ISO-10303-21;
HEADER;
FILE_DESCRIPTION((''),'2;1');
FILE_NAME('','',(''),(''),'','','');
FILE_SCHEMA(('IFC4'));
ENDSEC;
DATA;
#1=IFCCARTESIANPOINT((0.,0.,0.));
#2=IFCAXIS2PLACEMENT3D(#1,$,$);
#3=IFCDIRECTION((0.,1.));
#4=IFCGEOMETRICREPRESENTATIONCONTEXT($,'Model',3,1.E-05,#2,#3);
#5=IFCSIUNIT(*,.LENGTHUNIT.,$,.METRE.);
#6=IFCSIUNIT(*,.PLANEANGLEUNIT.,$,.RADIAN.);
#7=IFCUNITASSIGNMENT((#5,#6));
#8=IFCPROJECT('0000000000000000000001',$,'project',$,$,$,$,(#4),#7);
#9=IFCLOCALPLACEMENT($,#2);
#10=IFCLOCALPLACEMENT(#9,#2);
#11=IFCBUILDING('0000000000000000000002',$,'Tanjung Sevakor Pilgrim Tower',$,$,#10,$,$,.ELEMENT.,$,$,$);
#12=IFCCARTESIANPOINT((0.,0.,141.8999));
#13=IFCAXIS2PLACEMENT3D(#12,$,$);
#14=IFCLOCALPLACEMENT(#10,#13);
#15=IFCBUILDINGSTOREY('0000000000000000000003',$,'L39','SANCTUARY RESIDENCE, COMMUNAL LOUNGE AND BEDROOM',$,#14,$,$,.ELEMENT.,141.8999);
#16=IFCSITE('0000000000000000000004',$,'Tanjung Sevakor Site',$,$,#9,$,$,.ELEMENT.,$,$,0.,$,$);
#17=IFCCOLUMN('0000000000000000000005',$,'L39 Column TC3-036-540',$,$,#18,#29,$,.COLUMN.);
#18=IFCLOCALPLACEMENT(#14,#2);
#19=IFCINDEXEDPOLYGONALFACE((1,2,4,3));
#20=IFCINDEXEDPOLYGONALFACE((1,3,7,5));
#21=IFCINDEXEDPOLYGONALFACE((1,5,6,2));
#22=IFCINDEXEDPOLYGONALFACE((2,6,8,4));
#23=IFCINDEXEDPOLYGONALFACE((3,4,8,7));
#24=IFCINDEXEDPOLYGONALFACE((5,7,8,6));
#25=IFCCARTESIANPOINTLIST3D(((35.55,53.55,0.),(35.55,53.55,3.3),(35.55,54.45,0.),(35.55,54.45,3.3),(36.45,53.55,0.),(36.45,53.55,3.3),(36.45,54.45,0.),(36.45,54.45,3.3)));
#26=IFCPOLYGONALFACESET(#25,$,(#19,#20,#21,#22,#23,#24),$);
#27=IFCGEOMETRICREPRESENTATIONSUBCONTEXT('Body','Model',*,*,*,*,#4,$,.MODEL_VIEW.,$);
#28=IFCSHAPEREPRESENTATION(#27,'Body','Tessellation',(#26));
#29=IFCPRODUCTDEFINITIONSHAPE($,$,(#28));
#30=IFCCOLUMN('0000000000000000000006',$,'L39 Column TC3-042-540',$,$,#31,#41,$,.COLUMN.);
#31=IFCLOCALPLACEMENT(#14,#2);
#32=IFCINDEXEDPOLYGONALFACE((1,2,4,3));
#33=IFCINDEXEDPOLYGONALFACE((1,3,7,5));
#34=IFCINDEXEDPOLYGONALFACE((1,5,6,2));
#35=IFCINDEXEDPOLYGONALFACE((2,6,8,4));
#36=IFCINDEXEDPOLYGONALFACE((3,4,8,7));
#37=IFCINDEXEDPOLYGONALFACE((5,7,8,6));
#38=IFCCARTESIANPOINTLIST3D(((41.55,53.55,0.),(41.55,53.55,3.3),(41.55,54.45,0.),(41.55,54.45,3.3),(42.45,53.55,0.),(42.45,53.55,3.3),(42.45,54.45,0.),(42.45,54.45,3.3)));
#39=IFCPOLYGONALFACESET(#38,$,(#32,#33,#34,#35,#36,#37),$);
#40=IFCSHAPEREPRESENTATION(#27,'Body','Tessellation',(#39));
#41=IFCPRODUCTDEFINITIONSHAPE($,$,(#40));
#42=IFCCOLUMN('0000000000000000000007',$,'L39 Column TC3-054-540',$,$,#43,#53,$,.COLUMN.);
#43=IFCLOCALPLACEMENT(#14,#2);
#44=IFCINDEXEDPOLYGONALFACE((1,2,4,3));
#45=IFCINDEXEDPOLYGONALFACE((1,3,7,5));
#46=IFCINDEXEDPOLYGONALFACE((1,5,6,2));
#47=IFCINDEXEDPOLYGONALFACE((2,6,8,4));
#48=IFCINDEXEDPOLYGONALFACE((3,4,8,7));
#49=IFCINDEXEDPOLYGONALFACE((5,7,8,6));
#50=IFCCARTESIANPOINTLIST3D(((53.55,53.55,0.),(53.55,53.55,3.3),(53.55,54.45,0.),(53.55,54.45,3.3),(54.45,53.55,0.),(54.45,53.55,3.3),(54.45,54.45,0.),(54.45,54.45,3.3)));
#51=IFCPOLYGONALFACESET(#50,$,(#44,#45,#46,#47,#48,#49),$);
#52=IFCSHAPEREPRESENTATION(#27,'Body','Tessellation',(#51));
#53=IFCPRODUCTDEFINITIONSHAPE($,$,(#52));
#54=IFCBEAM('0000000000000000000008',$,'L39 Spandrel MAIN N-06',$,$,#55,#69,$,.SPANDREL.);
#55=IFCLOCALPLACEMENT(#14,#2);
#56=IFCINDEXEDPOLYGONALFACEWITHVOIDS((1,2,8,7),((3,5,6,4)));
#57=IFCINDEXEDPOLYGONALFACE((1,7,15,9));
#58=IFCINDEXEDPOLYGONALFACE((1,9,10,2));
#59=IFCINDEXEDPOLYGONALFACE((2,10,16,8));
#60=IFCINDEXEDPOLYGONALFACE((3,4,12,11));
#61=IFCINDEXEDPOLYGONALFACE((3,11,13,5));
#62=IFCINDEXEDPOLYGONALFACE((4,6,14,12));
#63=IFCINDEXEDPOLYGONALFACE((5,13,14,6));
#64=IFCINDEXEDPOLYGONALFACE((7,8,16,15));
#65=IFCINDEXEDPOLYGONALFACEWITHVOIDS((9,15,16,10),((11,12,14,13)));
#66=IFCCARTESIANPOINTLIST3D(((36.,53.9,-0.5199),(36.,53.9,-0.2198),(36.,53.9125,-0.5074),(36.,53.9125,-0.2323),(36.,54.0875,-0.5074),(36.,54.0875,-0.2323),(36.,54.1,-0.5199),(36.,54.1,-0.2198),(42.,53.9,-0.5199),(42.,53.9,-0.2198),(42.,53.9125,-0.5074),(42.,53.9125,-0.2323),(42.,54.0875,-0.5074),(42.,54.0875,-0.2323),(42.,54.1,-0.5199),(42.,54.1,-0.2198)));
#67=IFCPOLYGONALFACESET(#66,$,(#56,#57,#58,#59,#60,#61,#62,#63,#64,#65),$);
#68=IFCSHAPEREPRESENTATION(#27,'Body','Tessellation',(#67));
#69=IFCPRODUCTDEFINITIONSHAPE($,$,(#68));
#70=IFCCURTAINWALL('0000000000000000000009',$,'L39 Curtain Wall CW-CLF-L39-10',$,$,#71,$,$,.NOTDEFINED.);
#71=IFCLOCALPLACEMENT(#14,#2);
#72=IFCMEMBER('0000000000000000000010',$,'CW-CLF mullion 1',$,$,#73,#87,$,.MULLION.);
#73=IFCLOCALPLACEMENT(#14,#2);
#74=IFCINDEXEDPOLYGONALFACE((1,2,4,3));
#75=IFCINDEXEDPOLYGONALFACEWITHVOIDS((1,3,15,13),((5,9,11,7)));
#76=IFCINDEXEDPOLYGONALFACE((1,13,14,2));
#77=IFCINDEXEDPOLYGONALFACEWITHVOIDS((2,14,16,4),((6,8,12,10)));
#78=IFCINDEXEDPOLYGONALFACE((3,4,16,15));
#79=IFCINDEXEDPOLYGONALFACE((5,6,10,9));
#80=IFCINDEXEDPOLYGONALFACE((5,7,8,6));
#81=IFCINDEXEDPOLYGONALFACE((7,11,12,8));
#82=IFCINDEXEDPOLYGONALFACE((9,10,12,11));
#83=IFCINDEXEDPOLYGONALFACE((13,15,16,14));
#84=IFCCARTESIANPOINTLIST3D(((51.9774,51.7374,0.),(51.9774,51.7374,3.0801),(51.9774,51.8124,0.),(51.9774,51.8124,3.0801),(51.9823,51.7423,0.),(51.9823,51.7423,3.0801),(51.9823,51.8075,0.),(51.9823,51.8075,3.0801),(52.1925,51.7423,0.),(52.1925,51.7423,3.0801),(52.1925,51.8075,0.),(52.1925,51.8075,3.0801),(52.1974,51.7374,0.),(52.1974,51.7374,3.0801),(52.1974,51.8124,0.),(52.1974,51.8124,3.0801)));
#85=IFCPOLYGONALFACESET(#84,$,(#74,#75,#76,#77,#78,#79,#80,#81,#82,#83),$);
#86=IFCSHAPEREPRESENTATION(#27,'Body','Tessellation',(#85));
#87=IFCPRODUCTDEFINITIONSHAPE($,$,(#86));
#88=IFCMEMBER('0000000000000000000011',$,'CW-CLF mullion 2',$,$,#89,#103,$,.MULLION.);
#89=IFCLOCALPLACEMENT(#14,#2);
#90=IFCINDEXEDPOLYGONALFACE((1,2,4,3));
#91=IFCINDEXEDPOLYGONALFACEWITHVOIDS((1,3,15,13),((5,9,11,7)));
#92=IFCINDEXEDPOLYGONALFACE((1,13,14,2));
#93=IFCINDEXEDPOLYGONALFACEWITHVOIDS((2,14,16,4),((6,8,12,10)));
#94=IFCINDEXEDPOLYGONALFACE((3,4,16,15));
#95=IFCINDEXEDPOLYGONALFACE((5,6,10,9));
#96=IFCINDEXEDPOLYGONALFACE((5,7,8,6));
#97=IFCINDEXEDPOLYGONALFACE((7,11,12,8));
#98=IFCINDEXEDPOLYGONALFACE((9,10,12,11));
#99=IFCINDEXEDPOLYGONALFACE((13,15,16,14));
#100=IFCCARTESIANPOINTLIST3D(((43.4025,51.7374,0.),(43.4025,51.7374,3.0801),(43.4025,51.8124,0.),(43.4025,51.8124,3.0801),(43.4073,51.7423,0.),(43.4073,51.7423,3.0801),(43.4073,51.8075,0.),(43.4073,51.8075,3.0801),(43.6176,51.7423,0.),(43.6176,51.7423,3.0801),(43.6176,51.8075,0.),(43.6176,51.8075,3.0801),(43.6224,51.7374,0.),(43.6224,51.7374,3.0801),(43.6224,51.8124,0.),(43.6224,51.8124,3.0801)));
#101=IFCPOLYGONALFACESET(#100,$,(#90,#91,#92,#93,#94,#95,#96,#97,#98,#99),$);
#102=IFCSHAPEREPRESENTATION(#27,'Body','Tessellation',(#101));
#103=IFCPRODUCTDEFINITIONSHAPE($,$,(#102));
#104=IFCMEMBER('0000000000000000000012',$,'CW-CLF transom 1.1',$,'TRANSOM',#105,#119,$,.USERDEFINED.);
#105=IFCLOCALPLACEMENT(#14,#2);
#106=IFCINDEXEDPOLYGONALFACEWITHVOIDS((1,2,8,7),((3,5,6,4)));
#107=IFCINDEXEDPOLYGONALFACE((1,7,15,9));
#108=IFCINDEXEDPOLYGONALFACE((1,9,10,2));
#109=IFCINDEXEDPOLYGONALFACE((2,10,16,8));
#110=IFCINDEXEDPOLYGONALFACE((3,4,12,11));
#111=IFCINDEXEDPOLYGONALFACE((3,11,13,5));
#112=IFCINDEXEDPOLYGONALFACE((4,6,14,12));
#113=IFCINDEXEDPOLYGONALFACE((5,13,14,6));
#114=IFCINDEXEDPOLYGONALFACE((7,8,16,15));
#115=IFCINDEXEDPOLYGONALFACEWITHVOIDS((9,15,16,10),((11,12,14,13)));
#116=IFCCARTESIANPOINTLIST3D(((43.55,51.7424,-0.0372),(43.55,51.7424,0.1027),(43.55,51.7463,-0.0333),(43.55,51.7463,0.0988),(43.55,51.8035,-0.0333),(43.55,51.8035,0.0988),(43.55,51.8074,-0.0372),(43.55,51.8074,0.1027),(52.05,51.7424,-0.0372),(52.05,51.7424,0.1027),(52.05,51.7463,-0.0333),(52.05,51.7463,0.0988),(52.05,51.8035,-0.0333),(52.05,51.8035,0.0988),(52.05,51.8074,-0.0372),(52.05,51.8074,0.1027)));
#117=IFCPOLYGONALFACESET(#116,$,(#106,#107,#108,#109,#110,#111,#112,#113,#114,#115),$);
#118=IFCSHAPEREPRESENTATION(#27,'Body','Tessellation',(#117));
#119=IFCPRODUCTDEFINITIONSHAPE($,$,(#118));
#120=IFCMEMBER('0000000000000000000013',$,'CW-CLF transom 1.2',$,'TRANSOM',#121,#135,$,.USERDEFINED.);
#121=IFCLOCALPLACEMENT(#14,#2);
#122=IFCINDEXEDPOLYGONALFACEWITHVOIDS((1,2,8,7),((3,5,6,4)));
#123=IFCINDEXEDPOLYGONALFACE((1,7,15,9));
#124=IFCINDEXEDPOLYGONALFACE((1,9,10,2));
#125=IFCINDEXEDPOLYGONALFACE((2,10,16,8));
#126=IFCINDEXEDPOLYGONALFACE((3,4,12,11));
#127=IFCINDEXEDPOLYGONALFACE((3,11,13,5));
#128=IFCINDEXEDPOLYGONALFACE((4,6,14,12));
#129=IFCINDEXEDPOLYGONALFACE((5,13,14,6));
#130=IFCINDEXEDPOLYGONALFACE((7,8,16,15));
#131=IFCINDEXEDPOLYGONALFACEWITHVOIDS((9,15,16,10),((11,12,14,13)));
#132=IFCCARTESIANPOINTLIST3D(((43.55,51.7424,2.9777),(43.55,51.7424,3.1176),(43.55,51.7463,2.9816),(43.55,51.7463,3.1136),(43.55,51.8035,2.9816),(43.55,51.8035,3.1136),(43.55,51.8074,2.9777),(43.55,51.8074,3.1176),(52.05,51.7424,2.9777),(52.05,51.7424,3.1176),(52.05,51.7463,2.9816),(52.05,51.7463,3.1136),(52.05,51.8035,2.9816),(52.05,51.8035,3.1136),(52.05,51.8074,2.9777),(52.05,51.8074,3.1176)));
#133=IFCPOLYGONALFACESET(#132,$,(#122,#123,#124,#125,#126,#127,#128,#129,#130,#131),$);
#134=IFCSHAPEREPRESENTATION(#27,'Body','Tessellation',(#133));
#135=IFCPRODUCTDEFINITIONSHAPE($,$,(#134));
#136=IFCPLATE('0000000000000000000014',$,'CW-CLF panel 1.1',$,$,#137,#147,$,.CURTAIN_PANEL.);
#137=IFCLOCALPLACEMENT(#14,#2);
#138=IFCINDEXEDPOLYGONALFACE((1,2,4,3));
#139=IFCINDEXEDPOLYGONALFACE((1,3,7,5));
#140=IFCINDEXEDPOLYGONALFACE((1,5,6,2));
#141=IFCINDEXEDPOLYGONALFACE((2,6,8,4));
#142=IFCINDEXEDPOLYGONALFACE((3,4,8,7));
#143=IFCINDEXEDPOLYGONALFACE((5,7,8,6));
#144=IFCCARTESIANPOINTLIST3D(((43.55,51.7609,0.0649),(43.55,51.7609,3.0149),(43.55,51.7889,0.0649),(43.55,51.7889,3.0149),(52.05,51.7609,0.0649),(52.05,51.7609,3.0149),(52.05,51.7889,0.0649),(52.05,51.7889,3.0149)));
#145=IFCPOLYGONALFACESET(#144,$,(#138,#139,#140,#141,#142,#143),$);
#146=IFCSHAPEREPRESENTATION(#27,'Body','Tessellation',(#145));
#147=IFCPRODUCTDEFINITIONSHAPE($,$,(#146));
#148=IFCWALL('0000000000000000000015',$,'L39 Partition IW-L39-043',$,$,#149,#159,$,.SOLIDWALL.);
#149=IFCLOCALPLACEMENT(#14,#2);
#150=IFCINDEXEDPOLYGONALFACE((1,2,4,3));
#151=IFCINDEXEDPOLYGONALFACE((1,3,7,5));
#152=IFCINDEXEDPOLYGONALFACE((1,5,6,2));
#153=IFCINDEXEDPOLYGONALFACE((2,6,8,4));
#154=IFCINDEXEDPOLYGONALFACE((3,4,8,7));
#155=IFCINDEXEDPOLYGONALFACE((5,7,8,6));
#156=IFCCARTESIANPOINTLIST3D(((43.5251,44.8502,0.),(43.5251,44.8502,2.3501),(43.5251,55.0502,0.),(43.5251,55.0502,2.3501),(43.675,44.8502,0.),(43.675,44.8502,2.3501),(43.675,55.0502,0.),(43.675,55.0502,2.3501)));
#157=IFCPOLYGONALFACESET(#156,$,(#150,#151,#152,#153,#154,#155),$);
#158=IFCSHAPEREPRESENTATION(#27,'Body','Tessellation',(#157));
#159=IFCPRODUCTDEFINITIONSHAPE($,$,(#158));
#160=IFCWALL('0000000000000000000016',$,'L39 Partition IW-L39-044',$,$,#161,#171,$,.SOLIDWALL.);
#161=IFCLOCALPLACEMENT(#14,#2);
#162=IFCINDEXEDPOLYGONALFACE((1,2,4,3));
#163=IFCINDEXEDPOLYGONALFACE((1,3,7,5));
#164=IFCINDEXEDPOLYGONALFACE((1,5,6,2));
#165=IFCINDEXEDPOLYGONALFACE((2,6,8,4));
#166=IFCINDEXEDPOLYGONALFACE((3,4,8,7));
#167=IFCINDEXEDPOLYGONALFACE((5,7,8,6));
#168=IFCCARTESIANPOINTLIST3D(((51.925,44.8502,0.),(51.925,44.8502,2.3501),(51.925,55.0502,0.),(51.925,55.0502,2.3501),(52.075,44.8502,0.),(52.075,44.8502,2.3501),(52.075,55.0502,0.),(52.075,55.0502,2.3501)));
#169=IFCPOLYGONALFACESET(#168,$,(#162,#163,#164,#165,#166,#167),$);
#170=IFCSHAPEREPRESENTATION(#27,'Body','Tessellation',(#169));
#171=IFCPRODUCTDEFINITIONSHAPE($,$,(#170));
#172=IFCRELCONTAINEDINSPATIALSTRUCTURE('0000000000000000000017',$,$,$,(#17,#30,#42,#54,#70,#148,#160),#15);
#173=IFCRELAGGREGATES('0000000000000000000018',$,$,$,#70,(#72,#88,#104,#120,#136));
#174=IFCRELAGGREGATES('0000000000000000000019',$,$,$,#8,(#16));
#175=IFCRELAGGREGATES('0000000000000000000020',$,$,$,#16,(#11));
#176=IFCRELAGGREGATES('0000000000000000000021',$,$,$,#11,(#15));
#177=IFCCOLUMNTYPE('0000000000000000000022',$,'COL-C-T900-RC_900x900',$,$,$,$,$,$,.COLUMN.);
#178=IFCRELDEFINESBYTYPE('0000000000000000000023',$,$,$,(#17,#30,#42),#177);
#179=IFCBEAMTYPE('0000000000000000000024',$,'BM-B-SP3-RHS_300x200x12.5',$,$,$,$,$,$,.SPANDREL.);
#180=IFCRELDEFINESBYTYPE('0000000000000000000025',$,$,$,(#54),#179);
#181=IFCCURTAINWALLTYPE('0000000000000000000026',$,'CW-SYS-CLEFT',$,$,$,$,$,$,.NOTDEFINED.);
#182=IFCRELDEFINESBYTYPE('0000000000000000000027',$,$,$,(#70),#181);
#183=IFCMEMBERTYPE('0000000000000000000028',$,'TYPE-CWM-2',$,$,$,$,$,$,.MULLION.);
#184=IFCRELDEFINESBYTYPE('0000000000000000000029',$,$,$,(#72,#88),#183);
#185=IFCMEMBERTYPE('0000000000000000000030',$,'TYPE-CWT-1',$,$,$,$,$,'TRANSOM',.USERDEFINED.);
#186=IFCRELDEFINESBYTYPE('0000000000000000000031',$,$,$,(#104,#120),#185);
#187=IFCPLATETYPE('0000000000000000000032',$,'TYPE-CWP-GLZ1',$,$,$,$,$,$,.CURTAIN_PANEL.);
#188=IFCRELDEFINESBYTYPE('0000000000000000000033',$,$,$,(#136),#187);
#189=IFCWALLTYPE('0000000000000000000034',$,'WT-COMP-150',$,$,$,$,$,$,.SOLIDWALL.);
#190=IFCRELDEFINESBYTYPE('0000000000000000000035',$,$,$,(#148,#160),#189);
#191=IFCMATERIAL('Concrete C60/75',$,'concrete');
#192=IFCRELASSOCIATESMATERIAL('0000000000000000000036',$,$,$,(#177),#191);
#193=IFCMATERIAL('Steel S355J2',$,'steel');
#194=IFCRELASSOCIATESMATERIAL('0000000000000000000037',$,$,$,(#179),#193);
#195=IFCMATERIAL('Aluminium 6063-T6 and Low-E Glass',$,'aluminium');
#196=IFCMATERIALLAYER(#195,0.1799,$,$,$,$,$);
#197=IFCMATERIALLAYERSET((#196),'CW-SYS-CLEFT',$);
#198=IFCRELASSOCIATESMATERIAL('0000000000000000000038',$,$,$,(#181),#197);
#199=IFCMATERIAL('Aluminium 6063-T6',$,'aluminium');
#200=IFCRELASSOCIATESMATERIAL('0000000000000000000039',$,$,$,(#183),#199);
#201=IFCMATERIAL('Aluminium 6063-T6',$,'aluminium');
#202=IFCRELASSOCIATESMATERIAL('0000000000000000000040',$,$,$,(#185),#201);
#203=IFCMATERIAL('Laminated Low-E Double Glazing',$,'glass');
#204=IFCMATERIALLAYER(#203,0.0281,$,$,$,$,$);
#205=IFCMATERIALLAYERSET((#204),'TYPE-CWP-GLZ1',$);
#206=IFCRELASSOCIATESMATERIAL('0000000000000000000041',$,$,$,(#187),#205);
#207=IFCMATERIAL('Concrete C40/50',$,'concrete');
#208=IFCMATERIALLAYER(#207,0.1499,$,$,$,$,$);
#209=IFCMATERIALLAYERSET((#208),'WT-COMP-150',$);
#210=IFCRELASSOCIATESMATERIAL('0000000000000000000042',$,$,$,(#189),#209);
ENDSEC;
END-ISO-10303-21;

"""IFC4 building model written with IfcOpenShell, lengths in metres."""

from ifc_helpers import new_model, si_unit, direction, frame, frame_2d, origin, origin_2d, place, context, subcontext, project, spatial, rectangle, hollow_rectangle, extrude, material, layer, layer_set, material_profile, profile_set, type_object, element, aggregate, save


model = new_model("IFC4")

# Units and contexts
model_context = context("Model", 3, precision=1e-05, world=origin(), true_north=direction((0.0, 1.0)))
body_context = subcontext(model_context, "Body", "Model", "MODEL_VIEW")
ifc_project = project(units=[si_unit("LENGTHUNIT", "METRE"), si_unit("PLANEANGLEUNIT", "RADIAN")], contexts=[model_context])

# Site, building, storey
site_placement = place(None, origin())
site = spatial("IfcSite", under=ifc_project, at=site_placement, Name="Tanjung Sevakor Site", CompositionType="ELEMENT", RefElevation=0.0)
building_placement = place(site_placement, origin())
building = spatial("IfcBuilding", under=site, at=building_placement, Name="Tanjung Sevakor Pilgrim Tower", CompositionType="ELEMENT")
storey_placement = place(building_placement, frame((0.0, 0.0, 141.8999)))
storey = spatial("IfcBuildingStorey", under=building, at=storey_placement, Name="L39", Description="SANCTUARY RESIDENCE, COMMUNAL LOUNGE AND BEDROOM", CompositionType="ELEMENT", Elevation=141.8999)

# Columns
ifc_material_1 = material(Name="Concrete C60/75", Category="concrete")
ifc_material_profile_1 = material_profile(ifc_material_1, rectangle(XDim=0.8999, YDim=0.8999, at=origin_2d()))
ifc_profile_set_1 = profile_set([ifc_material_profile_1], Name="Concrete C60/75")
column_type = type_object("IfcColumnType", Name="COL-C-T900-RC_900x900", PredefinedType="COLUMN", material=ifc_profile_set_1)
for number, where, z_axis, x_axis, name in (
    (1, (36.0, 54.0, 0.0), (0.0, 0.0, 1.0), (1.0, 0.0, 0.0), "L39 Column TC3-036-540"),
    (2, (42.0, 54.0, 0.0), (0.0, 0.0, 1.0), (1.0, 0.0, 0.0), "L39 Column TC3-042-540"),
    (3, (54.0, 54.0, 0.0), (0.0, 0.0, 1.0), (1.0, 0.0, 0.0), "L39 Column TC3-054-540"),
):
    element("IfcColumn", number, at=place(storey_placement, frame(where, z_axis=z_axis, x_axis=x_axis)), inside=storey, type_object=column_type, Name=name, PredefinedType="COLUMN", context=body_context, shape_type="SweptSolid", body=[
        extrude(rectangle(XDim=0.8999, YDim=0.8999, at=origin_2d()), origin(), (0.0, 0.0, 1.0), 3.3),
    ])

# Beam
ifc_material_2 = material(Name="Steel S355J2", Category="steel")
ifc_material_profile_2 = material_profile(ifc_material_2, hollow_rectangle(XDim=0.2, YDim=0.3, WallThickness=0.0125, at=origin_2d()))
ifc_profile_set_2 = profile_set([ifc_material_profile_2], Name="Steel S355J2")
beam_type = type_object("IfcBeamType", Name="BM-B-SP3-RHS_300x200x12.5", PredefinedType="SPANDREL", material=ifc_profile_set_2)
beam_placement = place(storey_placement, frame((36.0, 54.0, -0.3699), z_axis=(1.0, 0.0, 0.0), x_axis=(0.0, 1.0, 0.0)))
element("IfcBeam", 4, at=beam_placement, inside=storey, type_object=beam_type, Name="L39 Spandrel MAIN N-06", PredefinedType="SPANDREL", context=body_context, shape_type="SweptSolid", body=[
    extrude(hollow_rectangle(XDim=0.2, YDim=0.3, WallThickness=0.0125, at=origin_2d()), origin(), (0.0, 0.0, 1.0), 6.0),
])

# Curtain wall, members, plate
ifc_material_3 = material(Name="Aluminium 6063-T6 and Low-E Glass", Category="aluminium")
ifc_layer_1 = layer(ifc_material_3, 0.1799)
ifc_layer_set_1 = layer_set([ifc_layer_1], Name="CW-SYS-CLEFT")
curtain_wall_type = type_object("IfcCurtainWallType", Name="CW-SYS-CLEFT", PredefinedType="NOTDEFINED", material=ifc_layer_set_1)
curtain_wall_placement = place(storey_placement, origin())
curtain_wall = element("IfcCurtainWall", 5, at=curtain_wall_placement, inside=storey, type_object=curtain_wall_type, Name="L39 Curtain Wall CW-CLF-L39-10", PredefinedType="NOTDEFINED")
ifc_material_4 = material(Name="Aluminium 6063-T6", Category="aluminium")
ifc_material_profile_3 = material_profile(ifc_material_4, hollow_rectangle(XDim=0.075, YDim=0.22, WallThickness=0.0049, at=origin_2d()))
ifc_profile_set_3 = profile_set([ifc_material_profile_3], Name="Aluminium 6063-T6")
member_type_1 = type_object("IfcMemberType", Name="TYPE-CWM-2", PredefinedType="MULLION", material=ifc_profile_set_3)
member_1_placement = place(storey_placement, frame((52.0874, 51.7749, 0.0), z_axis=(0.0, 0.0, 1.0), x_axis=(0.0, -1.0, 0.0)))
member_1 = element("IfcMember", 6, at=member_1_placement, type_object=member_type_1, Name="CW-CLF mullion 1", PredefinedType="MULLION", context=body_context, shape_type="SweptSolid", body=[
    extrude(hollow_rectangle(XDim=0.075, YDim=0.22, WallThickness=0.0049, at=origin_2d()), origin(), (0.0, 0.0, 1.0), 3.0801),
])
member_2_placement = place(storey_placement, frame((43.5125, 51.7749, 0.0), z_axis=(0.0, 0.0, 1.0), x_axis=(0.0, -1.0, 0.0)))
member_2 = element("IfcMember", 7, at=member_2_placement, type_object=member_type_1, Name="CW-CLF mullion 2", PredefinedType="MULLION", context=body_context, shape_type="SweptSolid", body=[
    extrude(hollow_rectangle(XDim=0.075, YDim=0.22, WallThickness=0.0049, at=origin_2d()), origin(), (0.0, 0.0, 1.0), 3.0801),
])
ifc_material_5 = material(Name="Aluminium 6063-T6", Category="aluminium")
ifc_material_profile_4 = material_profile(ifc_material_5, hollow_rectangle(XDim=0.0649, YDim=0.1399, WallThickness=0.0039, at=origin_2d()))
ifc_profile_set_4 = profile_set([ifc_material_profile_4], Name="Aluminium 6063-T6")
member_type_2 = type_object("IfcMemberType", Name="TYPE-CWT-1", ElementType="TRANSOM", PredefinedType="USERDEFINED", material=ifc_profile_set_4)
member_3_placement = place(storey_placement, frame((52.05, 51.7749, 0.0327), z_axis=(-1.0, 0.0, 0.0), x_axis=(0.0, -1.0, 0.0)))
member_3 = element("IfcMember", 8, at=member_3_placement, type_object=member_type_2, Name="CW-CLF transom 1.1", ObjectType="TRANSOM", PredefinedType="USERDEFINED", context=body_context, shape_type="SweptSolid", body=[
    extrude(hollow_rectangle(XDim=0.0649, YDim=0.1399, WallThickness=0.0039, at=origin_2d()), origin(), (0.0, 0.0, 1.0), 8.5),
])
member_4_placement = place(storey_placement, frame((52.05, 51.7749, 3.0476), z_axis=(-1.0, 0.0, 0.0), x_axis=(0.0, -1.0, 0.0)))
member_4 = element("IfcMember", 9, at=member_4_placement, type_object=member_type_2, Name="CW-CLF transom 1.2", ObjectType="TRANSOM", PredefinedType="USERDEFINED", context=body_context, shape_type="SweptSolid", body=[
    extrude(hollow_rectangle(XDim=0.0649, YDim=0.1399, WallThickness=0.0039, at=origin_2d()), origin(), (0.0, 0.0, 1.0), 8.5),
])
ifc_material_6 = material(Name="Laminated Low-E Double Glazing", Category="glass")
ifc_layer_2 = layer(ifc_material_6, 0.0281)
ifc_layer_set_2 = layer_set([ifc_layer_2], Name="TYPE-CWP-GLZ1")
plate_type = type_object("IfcPlateType", Name="TYPE-CWP-GLZ1", PredefinedType="CURTAIN_PANEL", material=ifc_layer_set_2)
plate_placement = place(storey_placement, frame((47.8, 51.7749, 0.0649), z_axis=(0.0, 0.0, 1.0), x_axis=(-1.0, 0.0, 0.0)))
plate = element("IfcPlate", 10, at=plate_placement, type_object=plate_type, Name="CW-CLF panel 1.1", PredefinedType="CURTAIN_PANEL", context=body_context, shape_type="SweptSolid", body=[
    extrude(rectangle(XDim=8.5, YDim=0.0281, at=origin_2d()), origin(), (0.0, 0.0, 1.0), 2.95),
])
aggregate(curtain_wall, [member_1, member_2, member_3, member_4, plate])

# Walls
ifc_material_7 = material(Name="Concrete C40/50", Category="concrete")
ifc_layer_3 = layer(ifc_material_7, 0.1499)
ifc_layer_set_3 = layer_set([ifc_layer_3], Name="WT-COMP-150")
wall_type_1 = type_object("IfcWallType", Name="WT-COMP-150", PredefinedType="SOLIDWALL", material=ifc_layer_set_3)
for number, where, z_axis, x_axis, name in (
    (11, (43.6001, 44.8501, 0.0), (0.0, 0.0, 1.0), (0.0, 1.0, 0.0), "L39 Partition IW-L39-043"),
    (12, (52.0, 44.8501, 0.0), (0.0, 0.0, 1.0), (0.0, 1.0, 0.0), "L39 Partition IW-L39-044"),
):
    element("IfcWall", number, at=place(storey_placement, frame(where, z_axis=z_axis, x_axis=x_axis)), inside=storey, type_object=wall_type_1, Name=name, PredefinedType="SOLIDWALL", context=body_context, shape_type="SweptSolid", body=[
        extrude(rectangle(XDim=10.2, YDim=0.1499, at=frame_2d((5.1001, 0.0))), origin(), (0.0, 0.0, 1.0), 2.3501),
    ])

save(model, "model.ifc")
